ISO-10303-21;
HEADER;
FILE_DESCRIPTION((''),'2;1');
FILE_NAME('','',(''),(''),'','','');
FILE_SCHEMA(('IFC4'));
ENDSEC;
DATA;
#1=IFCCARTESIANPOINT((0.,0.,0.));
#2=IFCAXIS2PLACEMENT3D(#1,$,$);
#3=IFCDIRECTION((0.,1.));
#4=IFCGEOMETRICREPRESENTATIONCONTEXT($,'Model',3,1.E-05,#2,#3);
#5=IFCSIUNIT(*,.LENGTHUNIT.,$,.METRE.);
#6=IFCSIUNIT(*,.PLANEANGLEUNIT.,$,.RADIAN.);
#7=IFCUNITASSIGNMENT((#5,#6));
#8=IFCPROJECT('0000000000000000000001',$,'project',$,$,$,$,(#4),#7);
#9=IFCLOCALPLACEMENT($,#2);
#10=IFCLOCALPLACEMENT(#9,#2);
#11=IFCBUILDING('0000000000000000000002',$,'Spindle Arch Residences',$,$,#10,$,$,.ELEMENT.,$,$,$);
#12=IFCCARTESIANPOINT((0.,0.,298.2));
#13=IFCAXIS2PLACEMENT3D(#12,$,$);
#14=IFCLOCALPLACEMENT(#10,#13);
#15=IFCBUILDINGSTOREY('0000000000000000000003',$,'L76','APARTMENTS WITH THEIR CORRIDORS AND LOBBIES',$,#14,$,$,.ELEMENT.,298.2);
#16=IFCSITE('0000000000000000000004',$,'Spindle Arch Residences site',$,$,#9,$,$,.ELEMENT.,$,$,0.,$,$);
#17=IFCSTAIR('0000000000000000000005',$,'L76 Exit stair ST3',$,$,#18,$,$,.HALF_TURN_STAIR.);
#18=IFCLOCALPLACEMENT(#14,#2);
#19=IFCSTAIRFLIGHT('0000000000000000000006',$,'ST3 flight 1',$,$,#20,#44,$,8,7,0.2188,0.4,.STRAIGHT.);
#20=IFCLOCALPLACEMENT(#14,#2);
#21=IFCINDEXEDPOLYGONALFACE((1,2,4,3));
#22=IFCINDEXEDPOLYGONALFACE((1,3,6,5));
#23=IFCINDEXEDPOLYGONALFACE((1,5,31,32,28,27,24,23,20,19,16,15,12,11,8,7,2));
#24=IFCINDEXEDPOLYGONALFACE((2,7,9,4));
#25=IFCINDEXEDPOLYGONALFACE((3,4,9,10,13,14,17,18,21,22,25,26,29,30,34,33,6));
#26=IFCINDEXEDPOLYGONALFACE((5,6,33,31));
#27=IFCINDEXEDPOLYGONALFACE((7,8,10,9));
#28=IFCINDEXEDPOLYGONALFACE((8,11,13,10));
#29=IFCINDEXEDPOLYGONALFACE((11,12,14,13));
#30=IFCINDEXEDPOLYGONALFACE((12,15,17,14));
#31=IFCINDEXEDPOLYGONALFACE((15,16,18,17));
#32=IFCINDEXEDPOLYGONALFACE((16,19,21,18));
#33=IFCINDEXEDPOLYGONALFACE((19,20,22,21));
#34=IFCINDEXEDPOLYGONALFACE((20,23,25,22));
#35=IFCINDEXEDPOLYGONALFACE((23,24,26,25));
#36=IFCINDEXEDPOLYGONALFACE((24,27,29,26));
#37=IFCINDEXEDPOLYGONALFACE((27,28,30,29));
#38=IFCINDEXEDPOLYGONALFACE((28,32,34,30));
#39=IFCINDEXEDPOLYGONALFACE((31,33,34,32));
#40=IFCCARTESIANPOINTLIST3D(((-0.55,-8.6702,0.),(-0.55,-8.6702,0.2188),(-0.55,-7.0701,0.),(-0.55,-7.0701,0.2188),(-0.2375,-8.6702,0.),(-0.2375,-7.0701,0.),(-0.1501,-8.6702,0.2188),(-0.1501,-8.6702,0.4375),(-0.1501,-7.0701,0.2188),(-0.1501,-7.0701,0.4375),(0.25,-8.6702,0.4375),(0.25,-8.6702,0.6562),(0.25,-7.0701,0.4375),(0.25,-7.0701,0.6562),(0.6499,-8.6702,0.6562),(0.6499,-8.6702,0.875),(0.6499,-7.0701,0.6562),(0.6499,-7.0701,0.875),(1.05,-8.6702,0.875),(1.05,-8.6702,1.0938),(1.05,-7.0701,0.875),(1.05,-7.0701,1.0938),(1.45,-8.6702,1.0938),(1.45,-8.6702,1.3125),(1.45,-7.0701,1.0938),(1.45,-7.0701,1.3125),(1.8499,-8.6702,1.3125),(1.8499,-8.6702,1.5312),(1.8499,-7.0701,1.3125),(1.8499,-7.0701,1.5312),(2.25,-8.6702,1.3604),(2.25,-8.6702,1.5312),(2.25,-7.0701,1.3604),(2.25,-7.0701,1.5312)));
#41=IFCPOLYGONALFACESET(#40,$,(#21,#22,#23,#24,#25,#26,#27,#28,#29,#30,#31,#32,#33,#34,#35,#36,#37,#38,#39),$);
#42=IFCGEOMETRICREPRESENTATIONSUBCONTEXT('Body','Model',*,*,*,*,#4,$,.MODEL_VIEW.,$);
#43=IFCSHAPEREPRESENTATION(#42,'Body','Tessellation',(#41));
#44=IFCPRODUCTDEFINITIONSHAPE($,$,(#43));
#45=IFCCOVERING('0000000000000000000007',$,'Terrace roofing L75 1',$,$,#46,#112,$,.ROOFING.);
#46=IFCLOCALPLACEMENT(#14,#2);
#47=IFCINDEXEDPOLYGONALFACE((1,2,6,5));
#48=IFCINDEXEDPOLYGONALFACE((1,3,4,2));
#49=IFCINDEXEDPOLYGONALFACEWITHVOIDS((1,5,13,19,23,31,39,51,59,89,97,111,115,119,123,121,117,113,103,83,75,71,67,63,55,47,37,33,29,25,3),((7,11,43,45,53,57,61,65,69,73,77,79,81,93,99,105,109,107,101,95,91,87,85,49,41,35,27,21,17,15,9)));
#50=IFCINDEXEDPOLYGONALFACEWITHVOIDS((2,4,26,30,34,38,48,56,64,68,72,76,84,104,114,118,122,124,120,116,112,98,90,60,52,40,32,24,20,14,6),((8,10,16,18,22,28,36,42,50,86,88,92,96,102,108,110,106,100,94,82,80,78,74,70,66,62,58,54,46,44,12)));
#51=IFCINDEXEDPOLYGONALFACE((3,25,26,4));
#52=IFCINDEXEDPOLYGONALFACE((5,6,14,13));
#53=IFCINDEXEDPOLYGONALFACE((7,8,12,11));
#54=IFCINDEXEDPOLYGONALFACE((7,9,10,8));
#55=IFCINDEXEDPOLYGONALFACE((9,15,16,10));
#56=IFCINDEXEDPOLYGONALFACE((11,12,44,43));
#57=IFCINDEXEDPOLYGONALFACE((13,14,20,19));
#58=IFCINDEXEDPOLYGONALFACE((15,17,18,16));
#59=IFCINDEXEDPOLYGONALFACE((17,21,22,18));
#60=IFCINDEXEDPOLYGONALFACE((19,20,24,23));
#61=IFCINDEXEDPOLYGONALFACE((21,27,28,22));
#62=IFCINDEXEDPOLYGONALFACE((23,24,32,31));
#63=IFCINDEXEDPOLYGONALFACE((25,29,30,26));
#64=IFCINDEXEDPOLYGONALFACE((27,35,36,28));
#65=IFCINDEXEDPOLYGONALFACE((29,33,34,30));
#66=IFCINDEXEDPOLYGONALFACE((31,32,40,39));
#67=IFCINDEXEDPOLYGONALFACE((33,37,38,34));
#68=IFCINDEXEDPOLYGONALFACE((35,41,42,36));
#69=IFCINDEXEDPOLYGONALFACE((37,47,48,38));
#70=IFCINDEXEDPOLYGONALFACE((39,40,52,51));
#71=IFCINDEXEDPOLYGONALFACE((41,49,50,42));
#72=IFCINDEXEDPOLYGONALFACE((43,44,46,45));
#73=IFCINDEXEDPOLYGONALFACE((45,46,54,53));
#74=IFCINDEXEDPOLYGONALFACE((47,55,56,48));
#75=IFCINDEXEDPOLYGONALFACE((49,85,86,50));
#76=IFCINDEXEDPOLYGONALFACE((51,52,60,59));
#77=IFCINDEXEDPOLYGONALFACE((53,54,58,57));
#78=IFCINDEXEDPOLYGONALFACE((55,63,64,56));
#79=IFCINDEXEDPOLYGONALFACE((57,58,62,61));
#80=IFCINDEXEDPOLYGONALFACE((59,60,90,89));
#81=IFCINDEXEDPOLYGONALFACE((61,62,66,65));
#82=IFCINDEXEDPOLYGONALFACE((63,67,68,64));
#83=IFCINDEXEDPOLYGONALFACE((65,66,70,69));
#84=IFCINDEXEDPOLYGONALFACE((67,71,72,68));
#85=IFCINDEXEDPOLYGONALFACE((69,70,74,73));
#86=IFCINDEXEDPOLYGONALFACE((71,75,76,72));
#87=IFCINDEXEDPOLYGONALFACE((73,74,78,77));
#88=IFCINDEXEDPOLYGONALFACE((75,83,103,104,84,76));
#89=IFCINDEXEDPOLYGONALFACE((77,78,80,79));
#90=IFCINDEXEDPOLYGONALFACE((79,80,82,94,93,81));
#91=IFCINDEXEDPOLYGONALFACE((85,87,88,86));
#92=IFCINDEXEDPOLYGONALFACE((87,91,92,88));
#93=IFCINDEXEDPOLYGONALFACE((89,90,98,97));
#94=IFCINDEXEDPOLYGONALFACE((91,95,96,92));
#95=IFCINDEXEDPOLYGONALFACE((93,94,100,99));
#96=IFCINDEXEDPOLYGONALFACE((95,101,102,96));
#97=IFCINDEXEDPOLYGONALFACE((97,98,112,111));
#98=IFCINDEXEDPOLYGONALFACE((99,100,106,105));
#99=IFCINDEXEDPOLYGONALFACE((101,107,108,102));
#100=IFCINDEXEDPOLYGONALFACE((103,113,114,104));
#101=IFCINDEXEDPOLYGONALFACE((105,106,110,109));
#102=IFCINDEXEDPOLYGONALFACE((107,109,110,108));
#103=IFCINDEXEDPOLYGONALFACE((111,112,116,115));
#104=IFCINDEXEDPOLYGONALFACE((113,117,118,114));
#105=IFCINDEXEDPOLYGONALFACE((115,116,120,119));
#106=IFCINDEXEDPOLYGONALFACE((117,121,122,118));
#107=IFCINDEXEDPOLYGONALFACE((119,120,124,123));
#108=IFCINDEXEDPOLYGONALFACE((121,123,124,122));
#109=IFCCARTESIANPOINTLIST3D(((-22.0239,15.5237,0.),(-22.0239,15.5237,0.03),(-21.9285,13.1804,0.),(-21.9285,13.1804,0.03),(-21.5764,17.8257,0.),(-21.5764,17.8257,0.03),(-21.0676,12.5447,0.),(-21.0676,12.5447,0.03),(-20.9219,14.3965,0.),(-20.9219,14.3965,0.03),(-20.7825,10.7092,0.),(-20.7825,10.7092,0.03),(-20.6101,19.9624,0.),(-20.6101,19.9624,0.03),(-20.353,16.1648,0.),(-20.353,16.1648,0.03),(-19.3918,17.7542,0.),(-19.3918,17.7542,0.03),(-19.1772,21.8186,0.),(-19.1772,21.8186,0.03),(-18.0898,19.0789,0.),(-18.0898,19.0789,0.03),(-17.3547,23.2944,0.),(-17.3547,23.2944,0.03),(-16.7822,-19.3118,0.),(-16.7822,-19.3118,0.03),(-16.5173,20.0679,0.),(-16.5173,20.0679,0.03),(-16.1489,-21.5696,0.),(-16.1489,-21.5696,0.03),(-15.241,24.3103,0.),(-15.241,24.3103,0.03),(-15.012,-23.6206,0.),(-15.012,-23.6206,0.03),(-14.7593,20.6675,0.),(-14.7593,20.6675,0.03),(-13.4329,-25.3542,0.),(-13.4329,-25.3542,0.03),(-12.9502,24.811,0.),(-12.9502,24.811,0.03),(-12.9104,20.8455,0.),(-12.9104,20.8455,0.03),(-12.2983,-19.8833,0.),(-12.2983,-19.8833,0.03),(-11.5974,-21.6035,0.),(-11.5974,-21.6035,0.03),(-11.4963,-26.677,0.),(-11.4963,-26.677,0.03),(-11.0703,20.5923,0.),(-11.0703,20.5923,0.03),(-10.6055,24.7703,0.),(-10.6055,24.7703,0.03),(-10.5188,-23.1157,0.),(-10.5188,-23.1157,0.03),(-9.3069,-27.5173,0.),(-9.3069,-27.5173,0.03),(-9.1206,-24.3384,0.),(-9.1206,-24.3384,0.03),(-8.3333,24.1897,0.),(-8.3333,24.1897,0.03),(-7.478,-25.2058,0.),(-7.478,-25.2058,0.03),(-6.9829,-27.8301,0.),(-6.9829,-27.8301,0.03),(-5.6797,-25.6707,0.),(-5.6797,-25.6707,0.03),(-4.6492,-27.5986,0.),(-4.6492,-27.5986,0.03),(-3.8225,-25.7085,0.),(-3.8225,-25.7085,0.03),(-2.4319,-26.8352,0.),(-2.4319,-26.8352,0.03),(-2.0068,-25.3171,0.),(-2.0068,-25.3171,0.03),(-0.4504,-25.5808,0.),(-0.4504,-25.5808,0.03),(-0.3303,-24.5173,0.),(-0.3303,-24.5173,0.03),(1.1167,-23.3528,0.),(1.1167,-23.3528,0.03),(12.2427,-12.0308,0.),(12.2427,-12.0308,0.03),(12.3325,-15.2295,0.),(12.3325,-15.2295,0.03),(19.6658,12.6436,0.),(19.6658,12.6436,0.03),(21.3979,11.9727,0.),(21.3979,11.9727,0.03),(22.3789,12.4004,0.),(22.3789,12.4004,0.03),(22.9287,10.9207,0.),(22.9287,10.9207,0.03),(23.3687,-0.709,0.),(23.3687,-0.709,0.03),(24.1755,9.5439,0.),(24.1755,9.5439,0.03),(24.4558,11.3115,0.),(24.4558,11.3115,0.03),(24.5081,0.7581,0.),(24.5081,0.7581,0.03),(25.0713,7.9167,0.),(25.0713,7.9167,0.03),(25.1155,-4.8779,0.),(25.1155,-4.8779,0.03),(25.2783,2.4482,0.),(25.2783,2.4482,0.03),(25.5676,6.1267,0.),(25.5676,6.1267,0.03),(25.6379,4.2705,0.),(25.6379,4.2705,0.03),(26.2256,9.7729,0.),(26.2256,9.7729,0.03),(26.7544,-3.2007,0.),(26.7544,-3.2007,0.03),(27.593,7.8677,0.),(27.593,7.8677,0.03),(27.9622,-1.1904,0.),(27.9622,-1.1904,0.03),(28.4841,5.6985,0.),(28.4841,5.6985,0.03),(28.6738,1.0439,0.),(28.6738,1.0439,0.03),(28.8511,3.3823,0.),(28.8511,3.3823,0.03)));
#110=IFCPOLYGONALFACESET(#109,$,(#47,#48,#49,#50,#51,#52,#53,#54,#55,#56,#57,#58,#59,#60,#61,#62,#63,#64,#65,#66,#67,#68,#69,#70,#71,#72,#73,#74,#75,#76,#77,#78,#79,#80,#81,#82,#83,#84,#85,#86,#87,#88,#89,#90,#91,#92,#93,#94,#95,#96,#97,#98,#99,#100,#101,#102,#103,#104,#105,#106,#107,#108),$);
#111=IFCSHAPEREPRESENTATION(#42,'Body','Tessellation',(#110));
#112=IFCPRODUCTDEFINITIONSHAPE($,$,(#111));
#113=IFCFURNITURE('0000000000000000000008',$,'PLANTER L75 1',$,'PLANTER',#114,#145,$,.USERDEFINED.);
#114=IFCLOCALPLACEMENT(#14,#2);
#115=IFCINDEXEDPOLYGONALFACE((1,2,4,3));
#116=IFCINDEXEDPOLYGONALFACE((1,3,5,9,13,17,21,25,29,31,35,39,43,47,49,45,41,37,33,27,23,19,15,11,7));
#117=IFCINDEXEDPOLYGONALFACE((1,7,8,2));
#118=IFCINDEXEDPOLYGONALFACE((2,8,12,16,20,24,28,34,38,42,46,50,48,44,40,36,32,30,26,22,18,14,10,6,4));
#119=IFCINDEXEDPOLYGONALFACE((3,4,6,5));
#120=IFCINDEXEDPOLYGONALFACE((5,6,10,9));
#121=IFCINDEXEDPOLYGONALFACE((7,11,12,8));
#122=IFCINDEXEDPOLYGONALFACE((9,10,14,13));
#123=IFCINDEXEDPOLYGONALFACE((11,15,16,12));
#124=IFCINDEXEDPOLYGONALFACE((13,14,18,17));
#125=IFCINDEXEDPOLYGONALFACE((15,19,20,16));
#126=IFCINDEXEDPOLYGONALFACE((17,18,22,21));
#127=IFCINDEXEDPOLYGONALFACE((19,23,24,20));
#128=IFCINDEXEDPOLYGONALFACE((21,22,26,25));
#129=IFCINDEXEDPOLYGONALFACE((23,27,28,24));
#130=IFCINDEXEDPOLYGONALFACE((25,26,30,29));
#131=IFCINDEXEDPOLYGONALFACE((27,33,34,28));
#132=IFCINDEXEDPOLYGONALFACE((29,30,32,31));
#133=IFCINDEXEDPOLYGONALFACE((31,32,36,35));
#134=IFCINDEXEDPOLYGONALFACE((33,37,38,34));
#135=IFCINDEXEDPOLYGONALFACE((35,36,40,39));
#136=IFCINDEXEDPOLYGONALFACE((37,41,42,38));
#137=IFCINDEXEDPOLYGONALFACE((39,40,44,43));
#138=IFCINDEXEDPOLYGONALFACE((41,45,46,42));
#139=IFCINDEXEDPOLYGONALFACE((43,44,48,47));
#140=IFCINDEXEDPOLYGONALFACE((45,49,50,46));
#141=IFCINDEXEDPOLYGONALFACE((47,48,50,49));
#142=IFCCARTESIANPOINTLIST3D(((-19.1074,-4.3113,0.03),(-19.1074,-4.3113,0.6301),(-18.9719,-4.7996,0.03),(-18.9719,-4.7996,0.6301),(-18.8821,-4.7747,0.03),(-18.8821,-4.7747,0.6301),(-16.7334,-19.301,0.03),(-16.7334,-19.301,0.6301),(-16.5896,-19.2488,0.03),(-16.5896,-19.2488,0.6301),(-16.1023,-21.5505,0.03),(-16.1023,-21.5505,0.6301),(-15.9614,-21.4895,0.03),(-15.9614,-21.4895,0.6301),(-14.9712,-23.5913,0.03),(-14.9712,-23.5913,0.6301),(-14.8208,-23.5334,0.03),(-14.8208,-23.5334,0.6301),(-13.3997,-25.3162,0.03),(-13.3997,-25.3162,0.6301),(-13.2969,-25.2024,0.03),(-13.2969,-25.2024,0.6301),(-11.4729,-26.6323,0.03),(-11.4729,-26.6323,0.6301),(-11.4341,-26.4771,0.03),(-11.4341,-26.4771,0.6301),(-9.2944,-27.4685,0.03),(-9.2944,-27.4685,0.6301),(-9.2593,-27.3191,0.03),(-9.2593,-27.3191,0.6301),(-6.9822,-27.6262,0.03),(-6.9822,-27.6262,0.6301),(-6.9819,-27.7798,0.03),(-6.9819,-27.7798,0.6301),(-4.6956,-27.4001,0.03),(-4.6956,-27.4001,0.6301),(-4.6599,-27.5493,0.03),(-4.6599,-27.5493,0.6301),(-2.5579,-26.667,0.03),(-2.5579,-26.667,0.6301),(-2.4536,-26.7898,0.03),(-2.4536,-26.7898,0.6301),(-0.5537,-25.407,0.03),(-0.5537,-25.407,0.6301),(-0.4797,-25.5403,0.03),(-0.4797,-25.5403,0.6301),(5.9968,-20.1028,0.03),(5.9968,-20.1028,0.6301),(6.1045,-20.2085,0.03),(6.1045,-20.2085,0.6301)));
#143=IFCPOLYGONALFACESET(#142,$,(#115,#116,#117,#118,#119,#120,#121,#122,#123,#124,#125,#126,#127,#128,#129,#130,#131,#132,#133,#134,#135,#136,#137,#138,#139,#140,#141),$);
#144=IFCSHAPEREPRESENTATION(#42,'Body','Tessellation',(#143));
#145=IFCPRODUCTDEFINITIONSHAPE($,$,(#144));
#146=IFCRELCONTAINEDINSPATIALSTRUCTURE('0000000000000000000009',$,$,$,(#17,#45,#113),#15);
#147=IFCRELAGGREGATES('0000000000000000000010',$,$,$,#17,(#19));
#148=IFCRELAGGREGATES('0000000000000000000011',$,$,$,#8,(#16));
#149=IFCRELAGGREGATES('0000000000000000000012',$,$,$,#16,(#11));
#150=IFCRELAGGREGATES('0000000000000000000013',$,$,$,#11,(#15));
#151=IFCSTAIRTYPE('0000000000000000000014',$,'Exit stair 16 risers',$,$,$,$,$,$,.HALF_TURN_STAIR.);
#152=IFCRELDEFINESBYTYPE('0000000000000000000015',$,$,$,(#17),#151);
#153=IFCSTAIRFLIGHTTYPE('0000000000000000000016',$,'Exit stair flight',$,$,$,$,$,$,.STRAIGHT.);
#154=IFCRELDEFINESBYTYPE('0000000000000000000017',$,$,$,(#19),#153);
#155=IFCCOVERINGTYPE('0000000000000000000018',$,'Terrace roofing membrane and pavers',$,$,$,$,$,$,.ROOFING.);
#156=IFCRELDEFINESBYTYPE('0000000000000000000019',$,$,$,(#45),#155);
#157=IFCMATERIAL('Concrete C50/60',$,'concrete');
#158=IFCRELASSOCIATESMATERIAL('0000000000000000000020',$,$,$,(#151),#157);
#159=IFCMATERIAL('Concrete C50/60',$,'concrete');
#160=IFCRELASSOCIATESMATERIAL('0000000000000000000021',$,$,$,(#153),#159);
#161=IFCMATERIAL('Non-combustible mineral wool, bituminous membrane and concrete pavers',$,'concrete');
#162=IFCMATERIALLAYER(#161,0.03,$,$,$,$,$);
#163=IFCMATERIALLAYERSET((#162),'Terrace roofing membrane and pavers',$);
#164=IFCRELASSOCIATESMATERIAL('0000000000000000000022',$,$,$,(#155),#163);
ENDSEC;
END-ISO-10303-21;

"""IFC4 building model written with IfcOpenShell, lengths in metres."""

from ifc_helpers import new_model, si_unit, direction, frame, origin, place, context, subcontext, project, spatial, polyline, outline, extrude, material, layer, layer_set, type_object, element, aggregate, save


model = new_model("IFC4")

# Units and contexts
model_context = context("Model", 3, precision=1e-05, world=origin(), true_north=direction((0.0, 1.0)))
body_context = subcontext(model_context, "Body", "Model", "MODEL_VIEW")
ifc_project = project(units=[si_unit("LENGTHUNIT", "METRE"), si_unit("PLANEANGLEUNIT", "RADIAN")], contexts=[model_context])

# Site, building, storey
site_placement = place(None, origin())
site = spatial("IfcSite", under=ifc_project, at=site_placement, Name="Spindle Arch Residences site", CompositionType="ELEMENT", RefElevation=0.0)
building_placement = place(site_placement, origin())
building = spatial("IfcBuilding", under=site, at=building_placement, Name="Spindle Arch Residences", CompositionType="ELEMENT")
storey_placement = place(building_placement, frame((0.0, 0.0, 298.2)))
storey = spatial("IfcBuildingStorey", under=building, at=storey_placement, Name="L76", Description="APARTMENTS WITH THEIR CORRIDORS AND LOBBIES", CompositionType="ELEMENT", Elevation=298.2)

# Stair, stair flight
ifc_material_1 = material(Name="Concrete C50/60", Category="concrete")
stair_type = type_object("IfcStairType", Name="Exit stair 16 risers", PredefinedType="HALF_TURN_STAIR", material=ifc_material_1)
stair_placement = place(storey_placement, origin())
stair = element("IfcStair", 1, at=stair_placement, inside=storey, type_object=stair_type, Name="L76 Exit stair ST3", PredefinedType="HALF_TURN_STAIR")
ifc_material_2 = material(Name="Concrete C50/60", Category="concrete")
stair_flight_type = type_object("IfcStairFlightType", Name="Exit stair flight", PredefinedType="STRAIGHT", material=ifc_material_2)
stair_flight_placement = place(storey_placement, frame((-0.55, -7.8701, 0.0), z_axis=(0.0, 0.0, 1.0), x_axis=(1.0, 0.0, 0.0)))
stair_flight = element("IfcStairFlight", 2, at=stair_flight_placement, type_object=stair_flight_type, Name="ST3 flight 1", NumberOfRisers=8, NumberOfTreads=7, PredefinedType="STRAIGHT", RiserHeight=0.2188, TreadLength=0.4, context=body_context, shape_type="SweptSolid", body=[
    extrude(outline(polyline([(0.0, 0.0), (0.0, 0.2188), (0.3999, 0.2188), (0.3999, 0.4375), (0.8, 0.4375), (0.8, 0.6562), (1.2, 0.6562), (1.2, 0.875), (1.6001, 0.875), (1.6001, 1.0938), (2.0, 1.0938), (2.0, 1.3125), (2.3999, 1.3125), (2.3999, 1.5312), (2.8, 1.5312), (2.8, 1.75), (2.8, 1.3604), (0.3125, 0.0), (0.0, 0.0)])), frame((0.0, 0.8, 0.0), z_axis=(0.0, -1.0, 0.0), x_axis=(1.0, 0.0, 0.0)), (0.0, 0.0, 1.0), 1.6001),
])
aggregate(stair, [stair_flight])

# Covering
ifc_material_3 = material(Name="Non-combustible mineral wool, bituminous membrane and concrete pavers", Category="concrete")
ifc_layer_1 = layer(ifc_material_3, 0.03)
ifc_layer_set_1 = layer_set([ifc_layer_1], Name="Terrace roofing membrane and pavers")
covering_type = type_object("IfcCoveringType", Name="Terrace roofing membrane and pavers", PredefinedType="ROOFING", material=ifc_layer_set_1)
covering_placement = place(storey_placement, origin())
element("IfcCovering", 3, at=covering_placement, inside=storey, type_object=covering_type, Name="Terrace roofing L75 1", PredefinedType="ROOFING", context=body_context, shape_type="SweptSolid", body=[
    extrude(outline(polyline([(-0.4504, -25.5808), (-2.4319, -26.8352), (-4.6492, -27.5986), (-6.9829, -27.8301), (-9.3069, -27.5173), (-11.4963, -26.677), (-13.4329, -25.3542), (-15.012, -23.6206), (-16.1489, -21.5696), (-16.7822, -19.3118), (-21.9285, 13.1804), (-22.0239, 15.5237), (-21.5764, 17.8257), (-20.6101, 19.9624), (-19.1772, 21.8186), (-17.3547, 23.2944), (-15.241, 24.3103), (-12.9502, 24.811), (-10.6055, 24.7703), (-8.3333, 24.1897), (22.3789, 12.4004), (24.4558, 11.3115), (26.2256, 9.7729), (27.593, 7.8677), (28.4841, 5.6985), (28.8511, 3.3823), (28.6738, 1.0439), (27.9622, -1.1904), (26.7544, -3.2007), (25.1155, -4.8779), (12.3325, -15.2295), (-0.4504, -25.5808)]), holes=[polyline([(23.3687, -0.709), (24.5081, 0.7581), (25.2783, 2.4482), (25.6379, 4.2705), (25.5676, 6.1267), (25.0713, 7.9167), (24.1755, 9.5439), (22.9287, 10.9207), (21.3979, 11.9727), (19.6658, 12.6436), (-11.0703, 20.5923), (-12.9104, 20.8455), (-14.7593, 20.6675), (-16.5173, 20.0679), (-18.0898, 19.0789), (-19.3918, 17.7542), (-20.353, 16.1648), (-20.9219, 14.3965), (-21.0676, 12.5447), (-20.7825, 10.7092), (-12.2983, -19.8833), (-11.5974, -21.6035), (-10.5188, -23.1157), (-9.1206, -24.3384), (-7.478, -25.2058), (-5.6797, -25.6707), (-3.8225, -25.7085), (-2.0068, -25.3171), (-0.3303, -24.5173), (1.1167, -23.3528), (12.2427, -12.0308), (23.3687, -0.709)])]), origin(), (0.0, 0.0, 1.0), 0.03),
])

# Furniture
furniture_placement = place(storey_placement, frame((0.0, 0.0, 0.03)))
element("IfcFurniture", 4, at=furniture_placement, inside=storey, Name="PLANTER L75 1", ObjectType="PLANTER", PredefinedType="USERDEFINED", context=body_context, shape_type="SweptSolid", body=[
    extrude(outline(polyline([(-4.6599, -27.5493), (-6.9819, -27.7798), (-9.2944, -27.4685), (-11.4729, -26.6323), (-13.3997, -25.3162), (-14.9712, -23.5913), (-16.1023, -21.5505), (-16.7334, -19.301), (-19.1074, -4.3113), (-18.9719, -4.7996), (-18.8821, -4.7747), (-16.5896, -19.2488), (-15.9614, -21.4895), (-14.8208, -23.5334), (-13.2969, -25.2024), (-11.4341, -26.4771), (-9.2593, -27.3191), (-6.9822, -27.6262), (-4.6956, -27.4001), (-2.5579, -26.667), (-0.5537, -25.407), (5.9968, -20.1028), (6.1045, -20.2085), (-0.4797, -25.5403), (-2.4536, -26.7898), (-4.6599, -27.5493)])), origin(), (0.0, 0.0, 1.0), 0.6001),
])

save(model, "model.ifc")
